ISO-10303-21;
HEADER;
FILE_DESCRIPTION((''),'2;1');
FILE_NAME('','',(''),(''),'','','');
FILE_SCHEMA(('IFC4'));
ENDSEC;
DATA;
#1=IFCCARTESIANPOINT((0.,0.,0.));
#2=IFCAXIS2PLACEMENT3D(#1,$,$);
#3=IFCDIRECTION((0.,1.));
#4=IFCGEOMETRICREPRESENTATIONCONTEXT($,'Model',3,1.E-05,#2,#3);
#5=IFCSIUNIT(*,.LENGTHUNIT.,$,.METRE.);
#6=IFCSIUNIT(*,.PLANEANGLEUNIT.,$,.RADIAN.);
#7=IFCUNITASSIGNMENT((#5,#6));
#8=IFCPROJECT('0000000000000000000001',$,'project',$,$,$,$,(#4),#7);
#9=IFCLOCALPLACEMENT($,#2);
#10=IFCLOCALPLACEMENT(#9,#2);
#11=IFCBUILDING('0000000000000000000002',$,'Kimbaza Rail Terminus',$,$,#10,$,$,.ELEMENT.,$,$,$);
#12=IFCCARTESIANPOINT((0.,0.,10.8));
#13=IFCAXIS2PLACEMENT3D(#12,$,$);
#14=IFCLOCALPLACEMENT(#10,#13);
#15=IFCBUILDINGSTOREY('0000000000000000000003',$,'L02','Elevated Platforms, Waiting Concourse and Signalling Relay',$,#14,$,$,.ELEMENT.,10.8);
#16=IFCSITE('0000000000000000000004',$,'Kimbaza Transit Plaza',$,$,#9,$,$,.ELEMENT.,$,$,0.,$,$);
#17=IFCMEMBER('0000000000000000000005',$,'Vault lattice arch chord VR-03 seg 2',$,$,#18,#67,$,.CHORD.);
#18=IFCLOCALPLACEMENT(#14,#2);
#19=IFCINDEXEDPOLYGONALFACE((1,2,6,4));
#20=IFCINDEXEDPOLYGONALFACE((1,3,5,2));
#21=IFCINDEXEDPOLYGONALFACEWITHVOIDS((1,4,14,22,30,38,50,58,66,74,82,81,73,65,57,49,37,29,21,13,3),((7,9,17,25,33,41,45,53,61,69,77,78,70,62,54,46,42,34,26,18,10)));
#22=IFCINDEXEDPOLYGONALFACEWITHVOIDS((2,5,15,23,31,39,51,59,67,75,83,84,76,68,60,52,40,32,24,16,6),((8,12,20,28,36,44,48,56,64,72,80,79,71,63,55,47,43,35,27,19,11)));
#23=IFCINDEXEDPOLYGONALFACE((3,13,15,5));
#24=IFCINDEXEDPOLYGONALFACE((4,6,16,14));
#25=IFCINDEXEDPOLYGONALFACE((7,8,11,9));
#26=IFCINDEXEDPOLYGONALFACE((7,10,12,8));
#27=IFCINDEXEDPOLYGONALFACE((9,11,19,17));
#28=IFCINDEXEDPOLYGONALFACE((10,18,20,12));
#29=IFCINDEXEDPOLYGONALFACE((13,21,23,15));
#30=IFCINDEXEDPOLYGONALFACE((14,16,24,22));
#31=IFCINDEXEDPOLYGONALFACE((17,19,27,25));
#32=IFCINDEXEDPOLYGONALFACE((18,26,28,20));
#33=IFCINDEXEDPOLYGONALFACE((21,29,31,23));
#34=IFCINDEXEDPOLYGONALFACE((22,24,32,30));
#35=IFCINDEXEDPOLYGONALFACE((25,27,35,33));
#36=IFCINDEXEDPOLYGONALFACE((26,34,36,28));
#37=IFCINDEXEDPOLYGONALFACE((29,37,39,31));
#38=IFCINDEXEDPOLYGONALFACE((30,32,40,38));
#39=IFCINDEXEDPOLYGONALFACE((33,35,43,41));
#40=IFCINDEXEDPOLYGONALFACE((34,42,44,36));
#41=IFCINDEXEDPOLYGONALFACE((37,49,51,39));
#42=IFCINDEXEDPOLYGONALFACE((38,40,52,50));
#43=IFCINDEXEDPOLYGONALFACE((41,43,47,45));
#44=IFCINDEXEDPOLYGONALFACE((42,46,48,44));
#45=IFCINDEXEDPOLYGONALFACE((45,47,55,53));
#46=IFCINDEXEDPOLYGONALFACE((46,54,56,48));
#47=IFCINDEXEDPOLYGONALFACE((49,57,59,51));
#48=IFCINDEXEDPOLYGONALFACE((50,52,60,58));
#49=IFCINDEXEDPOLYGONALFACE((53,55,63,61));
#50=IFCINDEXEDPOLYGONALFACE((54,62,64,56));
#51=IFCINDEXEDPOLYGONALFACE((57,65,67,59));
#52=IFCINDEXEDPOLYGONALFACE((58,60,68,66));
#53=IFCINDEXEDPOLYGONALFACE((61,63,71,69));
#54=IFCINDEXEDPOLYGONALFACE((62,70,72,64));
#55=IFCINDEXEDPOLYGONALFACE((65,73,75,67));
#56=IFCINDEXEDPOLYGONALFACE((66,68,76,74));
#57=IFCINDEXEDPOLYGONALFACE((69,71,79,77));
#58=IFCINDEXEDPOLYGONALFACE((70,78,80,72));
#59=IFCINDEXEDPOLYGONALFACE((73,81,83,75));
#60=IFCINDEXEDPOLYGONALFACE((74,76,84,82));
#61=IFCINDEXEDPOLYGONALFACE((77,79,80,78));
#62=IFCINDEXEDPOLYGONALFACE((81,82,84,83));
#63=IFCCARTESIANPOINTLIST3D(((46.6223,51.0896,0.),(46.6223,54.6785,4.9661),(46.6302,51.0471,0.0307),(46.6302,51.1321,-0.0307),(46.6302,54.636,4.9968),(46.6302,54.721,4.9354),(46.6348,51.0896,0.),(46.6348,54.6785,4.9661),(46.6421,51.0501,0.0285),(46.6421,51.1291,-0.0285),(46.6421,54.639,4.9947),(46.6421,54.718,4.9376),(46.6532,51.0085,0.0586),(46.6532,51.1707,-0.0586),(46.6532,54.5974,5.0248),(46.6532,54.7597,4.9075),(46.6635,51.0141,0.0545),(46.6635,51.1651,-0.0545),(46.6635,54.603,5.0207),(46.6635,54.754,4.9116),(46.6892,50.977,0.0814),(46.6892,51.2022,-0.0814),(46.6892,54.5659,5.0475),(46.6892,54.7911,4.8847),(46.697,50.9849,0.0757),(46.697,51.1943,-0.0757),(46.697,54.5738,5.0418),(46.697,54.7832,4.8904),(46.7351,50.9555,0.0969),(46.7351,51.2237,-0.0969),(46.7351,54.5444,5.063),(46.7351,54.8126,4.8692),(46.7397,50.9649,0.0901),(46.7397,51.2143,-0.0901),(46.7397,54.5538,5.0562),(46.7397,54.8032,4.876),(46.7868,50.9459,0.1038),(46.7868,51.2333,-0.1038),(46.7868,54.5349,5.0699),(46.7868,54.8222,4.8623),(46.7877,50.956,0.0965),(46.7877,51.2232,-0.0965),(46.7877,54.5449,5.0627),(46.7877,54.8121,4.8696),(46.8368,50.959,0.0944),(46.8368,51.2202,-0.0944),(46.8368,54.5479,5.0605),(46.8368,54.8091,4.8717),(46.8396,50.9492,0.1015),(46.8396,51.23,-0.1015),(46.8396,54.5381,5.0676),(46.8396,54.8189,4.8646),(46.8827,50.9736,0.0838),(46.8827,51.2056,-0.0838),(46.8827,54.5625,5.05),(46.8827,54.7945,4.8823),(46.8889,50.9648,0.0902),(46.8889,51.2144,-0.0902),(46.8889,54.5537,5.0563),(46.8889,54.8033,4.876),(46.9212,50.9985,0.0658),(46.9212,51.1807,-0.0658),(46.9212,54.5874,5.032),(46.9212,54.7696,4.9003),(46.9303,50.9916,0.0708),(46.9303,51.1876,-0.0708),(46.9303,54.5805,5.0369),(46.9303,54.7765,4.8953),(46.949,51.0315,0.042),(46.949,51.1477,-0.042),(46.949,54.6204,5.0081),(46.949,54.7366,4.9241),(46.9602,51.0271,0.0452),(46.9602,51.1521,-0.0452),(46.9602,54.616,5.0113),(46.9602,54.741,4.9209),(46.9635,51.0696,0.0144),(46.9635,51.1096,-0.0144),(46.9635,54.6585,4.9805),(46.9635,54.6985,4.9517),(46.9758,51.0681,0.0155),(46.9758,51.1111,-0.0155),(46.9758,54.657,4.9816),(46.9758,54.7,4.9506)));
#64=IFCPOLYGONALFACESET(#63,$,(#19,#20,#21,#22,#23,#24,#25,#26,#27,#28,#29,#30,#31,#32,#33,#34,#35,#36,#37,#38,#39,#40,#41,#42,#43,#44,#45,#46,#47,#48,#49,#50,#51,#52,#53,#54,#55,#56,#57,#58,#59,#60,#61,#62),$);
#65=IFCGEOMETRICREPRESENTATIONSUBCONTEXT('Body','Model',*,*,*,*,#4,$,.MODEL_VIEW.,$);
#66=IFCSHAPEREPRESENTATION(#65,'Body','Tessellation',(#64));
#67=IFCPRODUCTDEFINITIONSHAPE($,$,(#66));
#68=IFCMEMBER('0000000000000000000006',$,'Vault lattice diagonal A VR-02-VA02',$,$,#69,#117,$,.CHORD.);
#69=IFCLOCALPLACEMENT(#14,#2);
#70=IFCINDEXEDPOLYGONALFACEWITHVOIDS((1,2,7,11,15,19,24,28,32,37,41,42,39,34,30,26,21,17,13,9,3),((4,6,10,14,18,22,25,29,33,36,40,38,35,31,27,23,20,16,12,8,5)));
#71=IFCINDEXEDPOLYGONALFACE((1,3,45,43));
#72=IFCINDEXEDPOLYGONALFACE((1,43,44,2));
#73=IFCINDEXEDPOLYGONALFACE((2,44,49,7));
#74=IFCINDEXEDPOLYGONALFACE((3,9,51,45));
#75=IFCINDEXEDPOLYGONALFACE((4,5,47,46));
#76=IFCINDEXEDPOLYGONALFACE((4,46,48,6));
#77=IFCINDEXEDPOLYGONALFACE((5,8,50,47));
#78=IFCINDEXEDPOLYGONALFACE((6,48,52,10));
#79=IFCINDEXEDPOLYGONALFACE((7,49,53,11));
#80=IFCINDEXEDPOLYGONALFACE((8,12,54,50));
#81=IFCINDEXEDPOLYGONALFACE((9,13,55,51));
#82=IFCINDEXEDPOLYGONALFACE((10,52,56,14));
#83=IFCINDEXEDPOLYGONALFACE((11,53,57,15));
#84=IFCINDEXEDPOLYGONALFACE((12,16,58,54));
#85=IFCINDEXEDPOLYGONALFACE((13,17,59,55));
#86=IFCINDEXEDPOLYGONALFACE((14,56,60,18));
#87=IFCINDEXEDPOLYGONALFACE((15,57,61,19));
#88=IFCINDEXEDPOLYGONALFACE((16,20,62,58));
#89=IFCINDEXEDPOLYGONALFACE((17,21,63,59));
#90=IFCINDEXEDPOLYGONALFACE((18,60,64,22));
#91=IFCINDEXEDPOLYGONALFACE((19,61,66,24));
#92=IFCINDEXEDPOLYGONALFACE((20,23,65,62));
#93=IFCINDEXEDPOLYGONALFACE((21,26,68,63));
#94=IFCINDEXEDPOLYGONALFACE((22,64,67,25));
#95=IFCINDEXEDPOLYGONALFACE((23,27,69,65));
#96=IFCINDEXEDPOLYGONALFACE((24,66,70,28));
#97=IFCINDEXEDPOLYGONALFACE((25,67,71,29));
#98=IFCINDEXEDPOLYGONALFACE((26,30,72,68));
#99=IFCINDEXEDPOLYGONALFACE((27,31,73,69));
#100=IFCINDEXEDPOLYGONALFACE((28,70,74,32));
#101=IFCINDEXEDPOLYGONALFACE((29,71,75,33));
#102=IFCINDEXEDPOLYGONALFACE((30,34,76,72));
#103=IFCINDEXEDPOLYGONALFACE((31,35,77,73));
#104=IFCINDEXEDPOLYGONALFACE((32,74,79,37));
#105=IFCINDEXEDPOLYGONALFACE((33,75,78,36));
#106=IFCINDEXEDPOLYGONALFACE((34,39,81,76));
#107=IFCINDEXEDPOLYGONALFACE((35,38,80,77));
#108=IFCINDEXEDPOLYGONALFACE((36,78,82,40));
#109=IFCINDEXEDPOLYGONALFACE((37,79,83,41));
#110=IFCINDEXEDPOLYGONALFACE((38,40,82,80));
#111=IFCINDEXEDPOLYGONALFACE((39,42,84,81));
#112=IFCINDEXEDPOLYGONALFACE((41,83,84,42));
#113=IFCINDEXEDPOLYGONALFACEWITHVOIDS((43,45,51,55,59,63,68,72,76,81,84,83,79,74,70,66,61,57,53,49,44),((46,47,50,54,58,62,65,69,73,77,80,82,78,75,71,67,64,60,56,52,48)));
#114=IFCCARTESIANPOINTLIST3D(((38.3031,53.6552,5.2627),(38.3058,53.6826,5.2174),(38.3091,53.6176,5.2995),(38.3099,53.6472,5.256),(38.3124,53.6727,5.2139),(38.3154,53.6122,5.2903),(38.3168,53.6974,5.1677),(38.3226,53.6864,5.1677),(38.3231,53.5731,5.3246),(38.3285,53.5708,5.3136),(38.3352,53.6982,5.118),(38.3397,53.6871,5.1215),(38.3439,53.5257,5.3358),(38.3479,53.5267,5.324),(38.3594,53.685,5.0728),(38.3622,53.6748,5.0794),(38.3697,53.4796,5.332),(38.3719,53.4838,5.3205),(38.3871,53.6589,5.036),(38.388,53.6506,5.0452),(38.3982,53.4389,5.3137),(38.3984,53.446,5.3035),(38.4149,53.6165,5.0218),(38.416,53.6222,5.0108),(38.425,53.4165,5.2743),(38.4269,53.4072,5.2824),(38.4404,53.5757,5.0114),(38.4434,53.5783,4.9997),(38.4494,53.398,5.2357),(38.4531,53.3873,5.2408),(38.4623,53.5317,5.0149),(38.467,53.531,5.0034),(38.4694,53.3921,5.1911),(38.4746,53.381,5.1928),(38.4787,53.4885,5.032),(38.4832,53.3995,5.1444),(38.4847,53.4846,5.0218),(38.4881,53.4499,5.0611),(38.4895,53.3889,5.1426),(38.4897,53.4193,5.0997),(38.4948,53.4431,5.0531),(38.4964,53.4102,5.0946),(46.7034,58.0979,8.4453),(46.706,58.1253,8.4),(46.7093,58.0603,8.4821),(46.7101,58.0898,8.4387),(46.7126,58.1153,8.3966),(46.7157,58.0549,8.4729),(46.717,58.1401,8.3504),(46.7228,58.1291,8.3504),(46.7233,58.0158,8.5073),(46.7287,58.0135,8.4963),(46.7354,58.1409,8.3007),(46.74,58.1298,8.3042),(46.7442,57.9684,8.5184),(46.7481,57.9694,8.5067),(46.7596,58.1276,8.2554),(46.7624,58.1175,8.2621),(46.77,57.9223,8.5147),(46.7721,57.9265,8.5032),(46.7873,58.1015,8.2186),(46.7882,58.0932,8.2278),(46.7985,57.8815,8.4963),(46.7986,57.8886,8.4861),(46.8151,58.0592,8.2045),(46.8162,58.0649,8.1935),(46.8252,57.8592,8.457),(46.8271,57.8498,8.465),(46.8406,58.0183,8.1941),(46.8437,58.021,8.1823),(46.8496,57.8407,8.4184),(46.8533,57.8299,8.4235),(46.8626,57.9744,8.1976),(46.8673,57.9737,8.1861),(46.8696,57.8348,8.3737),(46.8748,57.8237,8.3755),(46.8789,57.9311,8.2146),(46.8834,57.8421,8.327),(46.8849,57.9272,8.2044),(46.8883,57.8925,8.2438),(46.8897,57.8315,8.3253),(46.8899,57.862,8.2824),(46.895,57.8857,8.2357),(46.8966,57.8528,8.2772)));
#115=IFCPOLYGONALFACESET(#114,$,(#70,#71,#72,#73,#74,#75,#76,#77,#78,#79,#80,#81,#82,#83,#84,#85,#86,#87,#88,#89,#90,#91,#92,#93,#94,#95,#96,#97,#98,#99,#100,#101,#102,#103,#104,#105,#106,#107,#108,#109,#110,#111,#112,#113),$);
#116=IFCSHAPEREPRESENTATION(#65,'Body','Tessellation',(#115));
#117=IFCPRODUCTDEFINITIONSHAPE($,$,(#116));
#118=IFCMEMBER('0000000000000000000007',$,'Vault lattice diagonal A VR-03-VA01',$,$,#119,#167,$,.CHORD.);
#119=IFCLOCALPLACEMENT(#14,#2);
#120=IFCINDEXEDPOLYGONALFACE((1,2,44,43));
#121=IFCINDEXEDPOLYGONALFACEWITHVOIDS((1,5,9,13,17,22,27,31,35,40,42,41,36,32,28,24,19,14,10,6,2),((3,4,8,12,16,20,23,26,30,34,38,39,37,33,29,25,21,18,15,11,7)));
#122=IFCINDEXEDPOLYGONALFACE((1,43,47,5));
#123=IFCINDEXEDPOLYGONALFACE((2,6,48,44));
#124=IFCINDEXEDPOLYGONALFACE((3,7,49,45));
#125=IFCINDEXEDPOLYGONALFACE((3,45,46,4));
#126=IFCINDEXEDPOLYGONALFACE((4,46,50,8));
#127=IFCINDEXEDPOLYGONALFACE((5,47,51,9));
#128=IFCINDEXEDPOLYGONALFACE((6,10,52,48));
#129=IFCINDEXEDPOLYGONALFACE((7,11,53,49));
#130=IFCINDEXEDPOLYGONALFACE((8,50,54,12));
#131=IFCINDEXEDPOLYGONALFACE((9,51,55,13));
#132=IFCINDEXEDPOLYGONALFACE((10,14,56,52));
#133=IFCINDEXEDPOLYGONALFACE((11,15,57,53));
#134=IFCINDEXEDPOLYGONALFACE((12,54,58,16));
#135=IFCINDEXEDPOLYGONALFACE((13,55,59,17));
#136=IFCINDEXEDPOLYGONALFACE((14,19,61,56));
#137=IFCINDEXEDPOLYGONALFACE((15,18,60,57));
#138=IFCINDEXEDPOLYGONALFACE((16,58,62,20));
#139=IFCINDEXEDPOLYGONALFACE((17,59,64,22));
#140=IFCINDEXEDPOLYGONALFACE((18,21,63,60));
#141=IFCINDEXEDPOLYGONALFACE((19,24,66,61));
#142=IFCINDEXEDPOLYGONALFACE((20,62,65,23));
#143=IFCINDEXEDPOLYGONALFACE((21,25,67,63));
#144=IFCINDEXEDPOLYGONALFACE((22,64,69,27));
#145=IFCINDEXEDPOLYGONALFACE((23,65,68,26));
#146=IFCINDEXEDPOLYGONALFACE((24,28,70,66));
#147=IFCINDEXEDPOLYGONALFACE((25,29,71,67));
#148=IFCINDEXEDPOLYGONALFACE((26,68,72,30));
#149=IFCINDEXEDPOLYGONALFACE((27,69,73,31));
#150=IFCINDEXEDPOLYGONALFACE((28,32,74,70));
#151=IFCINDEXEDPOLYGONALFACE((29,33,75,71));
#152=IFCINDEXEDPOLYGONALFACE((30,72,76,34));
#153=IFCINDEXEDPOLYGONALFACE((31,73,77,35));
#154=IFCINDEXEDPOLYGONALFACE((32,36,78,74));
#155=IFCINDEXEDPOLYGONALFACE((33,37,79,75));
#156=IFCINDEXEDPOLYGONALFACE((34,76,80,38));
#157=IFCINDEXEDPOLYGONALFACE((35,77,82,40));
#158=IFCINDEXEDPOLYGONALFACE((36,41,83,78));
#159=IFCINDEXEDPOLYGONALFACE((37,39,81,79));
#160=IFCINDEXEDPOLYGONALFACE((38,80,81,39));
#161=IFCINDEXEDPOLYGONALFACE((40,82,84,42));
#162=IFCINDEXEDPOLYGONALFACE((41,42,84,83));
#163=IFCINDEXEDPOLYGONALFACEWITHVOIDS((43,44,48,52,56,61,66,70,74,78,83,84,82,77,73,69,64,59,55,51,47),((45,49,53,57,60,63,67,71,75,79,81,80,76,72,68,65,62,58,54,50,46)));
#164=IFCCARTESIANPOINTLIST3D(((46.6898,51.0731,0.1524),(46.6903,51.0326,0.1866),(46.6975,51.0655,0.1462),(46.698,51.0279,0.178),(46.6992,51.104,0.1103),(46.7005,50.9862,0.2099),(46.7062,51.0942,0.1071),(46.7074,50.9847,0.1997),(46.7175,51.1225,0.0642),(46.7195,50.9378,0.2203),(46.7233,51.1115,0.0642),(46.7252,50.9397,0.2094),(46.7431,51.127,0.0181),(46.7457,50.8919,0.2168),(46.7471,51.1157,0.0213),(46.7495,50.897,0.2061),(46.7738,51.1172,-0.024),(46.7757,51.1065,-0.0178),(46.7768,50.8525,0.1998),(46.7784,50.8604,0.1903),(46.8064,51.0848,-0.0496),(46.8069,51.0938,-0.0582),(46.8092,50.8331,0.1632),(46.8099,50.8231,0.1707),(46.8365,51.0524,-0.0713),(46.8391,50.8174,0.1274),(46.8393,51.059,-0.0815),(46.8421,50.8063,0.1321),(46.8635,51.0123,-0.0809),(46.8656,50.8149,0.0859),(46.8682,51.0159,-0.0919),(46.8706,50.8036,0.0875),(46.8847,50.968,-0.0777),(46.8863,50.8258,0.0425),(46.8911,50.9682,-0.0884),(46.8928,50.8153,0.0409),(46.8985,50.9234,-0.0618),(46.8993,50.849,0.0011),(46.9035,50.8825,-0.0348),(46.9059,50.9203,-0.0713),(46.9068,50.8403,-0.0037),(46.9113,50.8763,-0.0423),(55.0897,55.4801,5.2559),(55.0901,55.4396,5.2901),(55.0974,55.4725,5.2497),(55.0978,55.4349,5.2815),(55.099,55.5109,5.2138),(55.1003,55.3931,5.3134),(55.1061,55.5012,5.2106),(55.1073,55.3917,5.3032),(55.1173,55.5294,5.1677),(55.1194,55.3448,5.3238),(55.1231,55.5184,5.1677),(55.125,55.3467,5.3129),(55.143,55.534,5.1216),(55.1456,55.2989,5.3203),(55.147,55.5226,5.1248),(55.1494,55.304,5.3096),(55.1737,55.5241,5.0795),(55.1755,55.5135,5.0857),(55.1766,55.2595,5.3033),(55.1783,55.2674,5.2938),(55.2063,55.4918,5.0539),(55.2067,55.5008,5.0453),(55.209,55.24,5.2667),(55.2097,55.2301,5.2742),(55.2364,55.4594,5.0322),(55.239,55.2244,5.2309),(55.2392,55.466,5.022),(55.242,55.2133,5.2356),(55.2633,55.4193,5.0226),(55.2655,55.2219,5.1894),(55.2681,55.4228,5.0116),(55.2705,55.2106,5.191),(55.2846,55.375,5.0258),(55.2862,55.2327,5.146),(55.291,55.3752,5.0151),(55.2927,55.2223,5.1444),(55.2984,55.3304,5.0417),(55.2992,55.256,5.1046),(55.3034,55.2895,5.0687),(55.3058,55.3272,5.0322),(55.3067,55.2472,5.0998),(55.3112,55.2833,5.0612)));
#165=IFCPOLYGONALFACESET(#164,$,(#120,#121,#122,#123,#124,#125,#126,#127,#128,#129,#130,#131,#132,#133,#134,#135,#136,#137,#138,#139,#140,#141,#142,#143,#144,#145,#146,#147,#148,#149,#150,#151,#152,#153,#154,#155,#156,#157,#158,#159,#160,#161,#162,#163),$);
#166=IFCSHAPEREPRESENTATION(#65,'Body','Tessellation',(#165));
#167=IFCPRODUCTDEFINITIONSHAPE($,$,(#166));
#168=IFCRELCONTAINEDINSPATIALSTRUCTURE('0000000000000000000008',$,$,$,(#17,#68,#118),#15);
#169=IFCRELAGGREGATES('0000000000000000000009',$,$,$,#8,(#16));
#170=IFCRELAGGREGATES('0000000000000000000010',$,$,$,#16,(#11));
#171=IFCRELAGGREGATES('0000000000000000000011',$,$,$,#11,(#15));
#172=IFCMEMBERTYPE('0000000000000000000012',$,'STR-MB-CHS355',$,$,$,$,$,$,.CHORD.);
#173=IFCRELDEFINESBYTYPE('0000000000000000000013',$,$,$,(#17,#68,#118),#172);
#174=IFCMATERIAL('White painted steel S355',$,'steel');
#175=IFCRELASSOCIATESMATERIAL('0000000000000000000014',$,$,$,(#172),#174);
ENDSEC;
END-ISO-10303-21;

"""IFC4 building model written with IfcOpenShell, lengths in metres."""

from ifc_helpers import new_model, si_unit, direction, frame, origin, origin_2d, place, context, subcontext, project, spatial, hollow_circle, extrude, material, material_profile, profile_set, type_object, element, save


model = new_model("IFC4")

# Units and contexts
model_context = context("Model", 3, precision=1e-05, world=origin(), true_north=direction((0.0, 1.0)))
body_context = subcontext(model_context, "Body", "Model", "MODEL_VIEW")
ifc_project = project(units=[si_unit("LENGTHUNIT", "METRE"), si_unit("PLANEANGLEUNIT", "RADIAN")], contexts=[model_context])

# Site, building, storey
site_placement = place(None, origin())
site = spatial("IfcSite", under=ifc_project, at=site_placement, Name="Kimbaza Transit Plaza", CompositionType="ELEMENT", RefElevation=0.0)
building_placement = place(site_placement, origin())
building = spatial("IfcBuilding", under=site, at=building_placement, Name="Kimbaza Rail Terminus", CompositionType="ELEMENT")
storey_placement = place(building_placement, frame((0.0, 0.0, 10.8)))
storey = spatial("IfcBuildingStorey", under=building, at=storey_placement, Name="L02", Description="Elevated Platforms, Waiting Concourse and Signalling Relay", CompositionType="ELEMENT", Elevation=10.8)

# Members
ifc_material_1 = material(Name="White painted steel S355", Category="steel")
ifc_material_profile_1 = material_profile(ifc_material_1, hollow_circle(Radius=0.1777, WallThickness=0.0125, at=origin_2d()), Name="CHS 355.6x12.5")
ifc_profile_set_1 = profile_set([ifc_material_profile_1], Name="White painted steel S355")
member_type_1 = type_object("IfcMemberType", Name="STR-MB-CHS355", PredefinedType="CHORD", material=ifc_profile_set_1)
member_1_placement = place(storey_placement, frame((46.8, 51.0896, 0.0), z_axis=(0.0, 0.585733, 0.810504), x_axis=(-1.0, 0.0, 0.0)))
element("IfcMember", 1, at=member_1_placement, inside=storey, type_object=member_type_1, Name="Vault lattice arch chord VR-03 seg 2", PredefinedType="CHORD", context=body_context, shape_type="SweptSolid", body=[
    extrude(hollow_circle(Radius=0.1777, WallThickness=0.0125, at=origin_2d()), origin(), (0.0, 0.0, 1.0), 6.1272),
])
member_2_placement = place(storey_placement, frame((38.3999, 53.5403, 5.1677), z_axis=(0.838221, 0.443314, 0.317582), x_axis=(-0.467517, 0.883984, 0.0)))
element("IfcMember", 2, at=member_2_placement, inside=storey, type_object=member_type_1, Name="Vault lattice diagonal A VR-02-VA02", PredefinedType="CHORD", context=body_context, shape_type="SweptSolid", body=[
    extrude(hollow_circle(Radius=0.1777, WallThickness=0.0125, at=origin_2d()), origin(), (0.0, 0.0, 1.0), 10.0215),
])
member_3_placement = place(storey_placement, frame((46.8, 50.9651, 0.0642), z_axis=(0.779825, 0.409133, 0.473797), x_axis=(-0.464589, 0.885527, 0.0)))
element("IfcMember", 3, at=member_3_placement, inside=storey, type_object=member_type_1, Name="Vault lattice diagonal A VR-03-VA01", PredefinedType="CHORD", context=body_context, shape_type="SweptSolid", body=[
    extrude(hollow_circle(Radius=0.1777, WallThickness=0.0125, at=origin_2d()), origin(), (0.0, 0.0, 1.0), 10.7715),
])

save(model, "model.ifc")
